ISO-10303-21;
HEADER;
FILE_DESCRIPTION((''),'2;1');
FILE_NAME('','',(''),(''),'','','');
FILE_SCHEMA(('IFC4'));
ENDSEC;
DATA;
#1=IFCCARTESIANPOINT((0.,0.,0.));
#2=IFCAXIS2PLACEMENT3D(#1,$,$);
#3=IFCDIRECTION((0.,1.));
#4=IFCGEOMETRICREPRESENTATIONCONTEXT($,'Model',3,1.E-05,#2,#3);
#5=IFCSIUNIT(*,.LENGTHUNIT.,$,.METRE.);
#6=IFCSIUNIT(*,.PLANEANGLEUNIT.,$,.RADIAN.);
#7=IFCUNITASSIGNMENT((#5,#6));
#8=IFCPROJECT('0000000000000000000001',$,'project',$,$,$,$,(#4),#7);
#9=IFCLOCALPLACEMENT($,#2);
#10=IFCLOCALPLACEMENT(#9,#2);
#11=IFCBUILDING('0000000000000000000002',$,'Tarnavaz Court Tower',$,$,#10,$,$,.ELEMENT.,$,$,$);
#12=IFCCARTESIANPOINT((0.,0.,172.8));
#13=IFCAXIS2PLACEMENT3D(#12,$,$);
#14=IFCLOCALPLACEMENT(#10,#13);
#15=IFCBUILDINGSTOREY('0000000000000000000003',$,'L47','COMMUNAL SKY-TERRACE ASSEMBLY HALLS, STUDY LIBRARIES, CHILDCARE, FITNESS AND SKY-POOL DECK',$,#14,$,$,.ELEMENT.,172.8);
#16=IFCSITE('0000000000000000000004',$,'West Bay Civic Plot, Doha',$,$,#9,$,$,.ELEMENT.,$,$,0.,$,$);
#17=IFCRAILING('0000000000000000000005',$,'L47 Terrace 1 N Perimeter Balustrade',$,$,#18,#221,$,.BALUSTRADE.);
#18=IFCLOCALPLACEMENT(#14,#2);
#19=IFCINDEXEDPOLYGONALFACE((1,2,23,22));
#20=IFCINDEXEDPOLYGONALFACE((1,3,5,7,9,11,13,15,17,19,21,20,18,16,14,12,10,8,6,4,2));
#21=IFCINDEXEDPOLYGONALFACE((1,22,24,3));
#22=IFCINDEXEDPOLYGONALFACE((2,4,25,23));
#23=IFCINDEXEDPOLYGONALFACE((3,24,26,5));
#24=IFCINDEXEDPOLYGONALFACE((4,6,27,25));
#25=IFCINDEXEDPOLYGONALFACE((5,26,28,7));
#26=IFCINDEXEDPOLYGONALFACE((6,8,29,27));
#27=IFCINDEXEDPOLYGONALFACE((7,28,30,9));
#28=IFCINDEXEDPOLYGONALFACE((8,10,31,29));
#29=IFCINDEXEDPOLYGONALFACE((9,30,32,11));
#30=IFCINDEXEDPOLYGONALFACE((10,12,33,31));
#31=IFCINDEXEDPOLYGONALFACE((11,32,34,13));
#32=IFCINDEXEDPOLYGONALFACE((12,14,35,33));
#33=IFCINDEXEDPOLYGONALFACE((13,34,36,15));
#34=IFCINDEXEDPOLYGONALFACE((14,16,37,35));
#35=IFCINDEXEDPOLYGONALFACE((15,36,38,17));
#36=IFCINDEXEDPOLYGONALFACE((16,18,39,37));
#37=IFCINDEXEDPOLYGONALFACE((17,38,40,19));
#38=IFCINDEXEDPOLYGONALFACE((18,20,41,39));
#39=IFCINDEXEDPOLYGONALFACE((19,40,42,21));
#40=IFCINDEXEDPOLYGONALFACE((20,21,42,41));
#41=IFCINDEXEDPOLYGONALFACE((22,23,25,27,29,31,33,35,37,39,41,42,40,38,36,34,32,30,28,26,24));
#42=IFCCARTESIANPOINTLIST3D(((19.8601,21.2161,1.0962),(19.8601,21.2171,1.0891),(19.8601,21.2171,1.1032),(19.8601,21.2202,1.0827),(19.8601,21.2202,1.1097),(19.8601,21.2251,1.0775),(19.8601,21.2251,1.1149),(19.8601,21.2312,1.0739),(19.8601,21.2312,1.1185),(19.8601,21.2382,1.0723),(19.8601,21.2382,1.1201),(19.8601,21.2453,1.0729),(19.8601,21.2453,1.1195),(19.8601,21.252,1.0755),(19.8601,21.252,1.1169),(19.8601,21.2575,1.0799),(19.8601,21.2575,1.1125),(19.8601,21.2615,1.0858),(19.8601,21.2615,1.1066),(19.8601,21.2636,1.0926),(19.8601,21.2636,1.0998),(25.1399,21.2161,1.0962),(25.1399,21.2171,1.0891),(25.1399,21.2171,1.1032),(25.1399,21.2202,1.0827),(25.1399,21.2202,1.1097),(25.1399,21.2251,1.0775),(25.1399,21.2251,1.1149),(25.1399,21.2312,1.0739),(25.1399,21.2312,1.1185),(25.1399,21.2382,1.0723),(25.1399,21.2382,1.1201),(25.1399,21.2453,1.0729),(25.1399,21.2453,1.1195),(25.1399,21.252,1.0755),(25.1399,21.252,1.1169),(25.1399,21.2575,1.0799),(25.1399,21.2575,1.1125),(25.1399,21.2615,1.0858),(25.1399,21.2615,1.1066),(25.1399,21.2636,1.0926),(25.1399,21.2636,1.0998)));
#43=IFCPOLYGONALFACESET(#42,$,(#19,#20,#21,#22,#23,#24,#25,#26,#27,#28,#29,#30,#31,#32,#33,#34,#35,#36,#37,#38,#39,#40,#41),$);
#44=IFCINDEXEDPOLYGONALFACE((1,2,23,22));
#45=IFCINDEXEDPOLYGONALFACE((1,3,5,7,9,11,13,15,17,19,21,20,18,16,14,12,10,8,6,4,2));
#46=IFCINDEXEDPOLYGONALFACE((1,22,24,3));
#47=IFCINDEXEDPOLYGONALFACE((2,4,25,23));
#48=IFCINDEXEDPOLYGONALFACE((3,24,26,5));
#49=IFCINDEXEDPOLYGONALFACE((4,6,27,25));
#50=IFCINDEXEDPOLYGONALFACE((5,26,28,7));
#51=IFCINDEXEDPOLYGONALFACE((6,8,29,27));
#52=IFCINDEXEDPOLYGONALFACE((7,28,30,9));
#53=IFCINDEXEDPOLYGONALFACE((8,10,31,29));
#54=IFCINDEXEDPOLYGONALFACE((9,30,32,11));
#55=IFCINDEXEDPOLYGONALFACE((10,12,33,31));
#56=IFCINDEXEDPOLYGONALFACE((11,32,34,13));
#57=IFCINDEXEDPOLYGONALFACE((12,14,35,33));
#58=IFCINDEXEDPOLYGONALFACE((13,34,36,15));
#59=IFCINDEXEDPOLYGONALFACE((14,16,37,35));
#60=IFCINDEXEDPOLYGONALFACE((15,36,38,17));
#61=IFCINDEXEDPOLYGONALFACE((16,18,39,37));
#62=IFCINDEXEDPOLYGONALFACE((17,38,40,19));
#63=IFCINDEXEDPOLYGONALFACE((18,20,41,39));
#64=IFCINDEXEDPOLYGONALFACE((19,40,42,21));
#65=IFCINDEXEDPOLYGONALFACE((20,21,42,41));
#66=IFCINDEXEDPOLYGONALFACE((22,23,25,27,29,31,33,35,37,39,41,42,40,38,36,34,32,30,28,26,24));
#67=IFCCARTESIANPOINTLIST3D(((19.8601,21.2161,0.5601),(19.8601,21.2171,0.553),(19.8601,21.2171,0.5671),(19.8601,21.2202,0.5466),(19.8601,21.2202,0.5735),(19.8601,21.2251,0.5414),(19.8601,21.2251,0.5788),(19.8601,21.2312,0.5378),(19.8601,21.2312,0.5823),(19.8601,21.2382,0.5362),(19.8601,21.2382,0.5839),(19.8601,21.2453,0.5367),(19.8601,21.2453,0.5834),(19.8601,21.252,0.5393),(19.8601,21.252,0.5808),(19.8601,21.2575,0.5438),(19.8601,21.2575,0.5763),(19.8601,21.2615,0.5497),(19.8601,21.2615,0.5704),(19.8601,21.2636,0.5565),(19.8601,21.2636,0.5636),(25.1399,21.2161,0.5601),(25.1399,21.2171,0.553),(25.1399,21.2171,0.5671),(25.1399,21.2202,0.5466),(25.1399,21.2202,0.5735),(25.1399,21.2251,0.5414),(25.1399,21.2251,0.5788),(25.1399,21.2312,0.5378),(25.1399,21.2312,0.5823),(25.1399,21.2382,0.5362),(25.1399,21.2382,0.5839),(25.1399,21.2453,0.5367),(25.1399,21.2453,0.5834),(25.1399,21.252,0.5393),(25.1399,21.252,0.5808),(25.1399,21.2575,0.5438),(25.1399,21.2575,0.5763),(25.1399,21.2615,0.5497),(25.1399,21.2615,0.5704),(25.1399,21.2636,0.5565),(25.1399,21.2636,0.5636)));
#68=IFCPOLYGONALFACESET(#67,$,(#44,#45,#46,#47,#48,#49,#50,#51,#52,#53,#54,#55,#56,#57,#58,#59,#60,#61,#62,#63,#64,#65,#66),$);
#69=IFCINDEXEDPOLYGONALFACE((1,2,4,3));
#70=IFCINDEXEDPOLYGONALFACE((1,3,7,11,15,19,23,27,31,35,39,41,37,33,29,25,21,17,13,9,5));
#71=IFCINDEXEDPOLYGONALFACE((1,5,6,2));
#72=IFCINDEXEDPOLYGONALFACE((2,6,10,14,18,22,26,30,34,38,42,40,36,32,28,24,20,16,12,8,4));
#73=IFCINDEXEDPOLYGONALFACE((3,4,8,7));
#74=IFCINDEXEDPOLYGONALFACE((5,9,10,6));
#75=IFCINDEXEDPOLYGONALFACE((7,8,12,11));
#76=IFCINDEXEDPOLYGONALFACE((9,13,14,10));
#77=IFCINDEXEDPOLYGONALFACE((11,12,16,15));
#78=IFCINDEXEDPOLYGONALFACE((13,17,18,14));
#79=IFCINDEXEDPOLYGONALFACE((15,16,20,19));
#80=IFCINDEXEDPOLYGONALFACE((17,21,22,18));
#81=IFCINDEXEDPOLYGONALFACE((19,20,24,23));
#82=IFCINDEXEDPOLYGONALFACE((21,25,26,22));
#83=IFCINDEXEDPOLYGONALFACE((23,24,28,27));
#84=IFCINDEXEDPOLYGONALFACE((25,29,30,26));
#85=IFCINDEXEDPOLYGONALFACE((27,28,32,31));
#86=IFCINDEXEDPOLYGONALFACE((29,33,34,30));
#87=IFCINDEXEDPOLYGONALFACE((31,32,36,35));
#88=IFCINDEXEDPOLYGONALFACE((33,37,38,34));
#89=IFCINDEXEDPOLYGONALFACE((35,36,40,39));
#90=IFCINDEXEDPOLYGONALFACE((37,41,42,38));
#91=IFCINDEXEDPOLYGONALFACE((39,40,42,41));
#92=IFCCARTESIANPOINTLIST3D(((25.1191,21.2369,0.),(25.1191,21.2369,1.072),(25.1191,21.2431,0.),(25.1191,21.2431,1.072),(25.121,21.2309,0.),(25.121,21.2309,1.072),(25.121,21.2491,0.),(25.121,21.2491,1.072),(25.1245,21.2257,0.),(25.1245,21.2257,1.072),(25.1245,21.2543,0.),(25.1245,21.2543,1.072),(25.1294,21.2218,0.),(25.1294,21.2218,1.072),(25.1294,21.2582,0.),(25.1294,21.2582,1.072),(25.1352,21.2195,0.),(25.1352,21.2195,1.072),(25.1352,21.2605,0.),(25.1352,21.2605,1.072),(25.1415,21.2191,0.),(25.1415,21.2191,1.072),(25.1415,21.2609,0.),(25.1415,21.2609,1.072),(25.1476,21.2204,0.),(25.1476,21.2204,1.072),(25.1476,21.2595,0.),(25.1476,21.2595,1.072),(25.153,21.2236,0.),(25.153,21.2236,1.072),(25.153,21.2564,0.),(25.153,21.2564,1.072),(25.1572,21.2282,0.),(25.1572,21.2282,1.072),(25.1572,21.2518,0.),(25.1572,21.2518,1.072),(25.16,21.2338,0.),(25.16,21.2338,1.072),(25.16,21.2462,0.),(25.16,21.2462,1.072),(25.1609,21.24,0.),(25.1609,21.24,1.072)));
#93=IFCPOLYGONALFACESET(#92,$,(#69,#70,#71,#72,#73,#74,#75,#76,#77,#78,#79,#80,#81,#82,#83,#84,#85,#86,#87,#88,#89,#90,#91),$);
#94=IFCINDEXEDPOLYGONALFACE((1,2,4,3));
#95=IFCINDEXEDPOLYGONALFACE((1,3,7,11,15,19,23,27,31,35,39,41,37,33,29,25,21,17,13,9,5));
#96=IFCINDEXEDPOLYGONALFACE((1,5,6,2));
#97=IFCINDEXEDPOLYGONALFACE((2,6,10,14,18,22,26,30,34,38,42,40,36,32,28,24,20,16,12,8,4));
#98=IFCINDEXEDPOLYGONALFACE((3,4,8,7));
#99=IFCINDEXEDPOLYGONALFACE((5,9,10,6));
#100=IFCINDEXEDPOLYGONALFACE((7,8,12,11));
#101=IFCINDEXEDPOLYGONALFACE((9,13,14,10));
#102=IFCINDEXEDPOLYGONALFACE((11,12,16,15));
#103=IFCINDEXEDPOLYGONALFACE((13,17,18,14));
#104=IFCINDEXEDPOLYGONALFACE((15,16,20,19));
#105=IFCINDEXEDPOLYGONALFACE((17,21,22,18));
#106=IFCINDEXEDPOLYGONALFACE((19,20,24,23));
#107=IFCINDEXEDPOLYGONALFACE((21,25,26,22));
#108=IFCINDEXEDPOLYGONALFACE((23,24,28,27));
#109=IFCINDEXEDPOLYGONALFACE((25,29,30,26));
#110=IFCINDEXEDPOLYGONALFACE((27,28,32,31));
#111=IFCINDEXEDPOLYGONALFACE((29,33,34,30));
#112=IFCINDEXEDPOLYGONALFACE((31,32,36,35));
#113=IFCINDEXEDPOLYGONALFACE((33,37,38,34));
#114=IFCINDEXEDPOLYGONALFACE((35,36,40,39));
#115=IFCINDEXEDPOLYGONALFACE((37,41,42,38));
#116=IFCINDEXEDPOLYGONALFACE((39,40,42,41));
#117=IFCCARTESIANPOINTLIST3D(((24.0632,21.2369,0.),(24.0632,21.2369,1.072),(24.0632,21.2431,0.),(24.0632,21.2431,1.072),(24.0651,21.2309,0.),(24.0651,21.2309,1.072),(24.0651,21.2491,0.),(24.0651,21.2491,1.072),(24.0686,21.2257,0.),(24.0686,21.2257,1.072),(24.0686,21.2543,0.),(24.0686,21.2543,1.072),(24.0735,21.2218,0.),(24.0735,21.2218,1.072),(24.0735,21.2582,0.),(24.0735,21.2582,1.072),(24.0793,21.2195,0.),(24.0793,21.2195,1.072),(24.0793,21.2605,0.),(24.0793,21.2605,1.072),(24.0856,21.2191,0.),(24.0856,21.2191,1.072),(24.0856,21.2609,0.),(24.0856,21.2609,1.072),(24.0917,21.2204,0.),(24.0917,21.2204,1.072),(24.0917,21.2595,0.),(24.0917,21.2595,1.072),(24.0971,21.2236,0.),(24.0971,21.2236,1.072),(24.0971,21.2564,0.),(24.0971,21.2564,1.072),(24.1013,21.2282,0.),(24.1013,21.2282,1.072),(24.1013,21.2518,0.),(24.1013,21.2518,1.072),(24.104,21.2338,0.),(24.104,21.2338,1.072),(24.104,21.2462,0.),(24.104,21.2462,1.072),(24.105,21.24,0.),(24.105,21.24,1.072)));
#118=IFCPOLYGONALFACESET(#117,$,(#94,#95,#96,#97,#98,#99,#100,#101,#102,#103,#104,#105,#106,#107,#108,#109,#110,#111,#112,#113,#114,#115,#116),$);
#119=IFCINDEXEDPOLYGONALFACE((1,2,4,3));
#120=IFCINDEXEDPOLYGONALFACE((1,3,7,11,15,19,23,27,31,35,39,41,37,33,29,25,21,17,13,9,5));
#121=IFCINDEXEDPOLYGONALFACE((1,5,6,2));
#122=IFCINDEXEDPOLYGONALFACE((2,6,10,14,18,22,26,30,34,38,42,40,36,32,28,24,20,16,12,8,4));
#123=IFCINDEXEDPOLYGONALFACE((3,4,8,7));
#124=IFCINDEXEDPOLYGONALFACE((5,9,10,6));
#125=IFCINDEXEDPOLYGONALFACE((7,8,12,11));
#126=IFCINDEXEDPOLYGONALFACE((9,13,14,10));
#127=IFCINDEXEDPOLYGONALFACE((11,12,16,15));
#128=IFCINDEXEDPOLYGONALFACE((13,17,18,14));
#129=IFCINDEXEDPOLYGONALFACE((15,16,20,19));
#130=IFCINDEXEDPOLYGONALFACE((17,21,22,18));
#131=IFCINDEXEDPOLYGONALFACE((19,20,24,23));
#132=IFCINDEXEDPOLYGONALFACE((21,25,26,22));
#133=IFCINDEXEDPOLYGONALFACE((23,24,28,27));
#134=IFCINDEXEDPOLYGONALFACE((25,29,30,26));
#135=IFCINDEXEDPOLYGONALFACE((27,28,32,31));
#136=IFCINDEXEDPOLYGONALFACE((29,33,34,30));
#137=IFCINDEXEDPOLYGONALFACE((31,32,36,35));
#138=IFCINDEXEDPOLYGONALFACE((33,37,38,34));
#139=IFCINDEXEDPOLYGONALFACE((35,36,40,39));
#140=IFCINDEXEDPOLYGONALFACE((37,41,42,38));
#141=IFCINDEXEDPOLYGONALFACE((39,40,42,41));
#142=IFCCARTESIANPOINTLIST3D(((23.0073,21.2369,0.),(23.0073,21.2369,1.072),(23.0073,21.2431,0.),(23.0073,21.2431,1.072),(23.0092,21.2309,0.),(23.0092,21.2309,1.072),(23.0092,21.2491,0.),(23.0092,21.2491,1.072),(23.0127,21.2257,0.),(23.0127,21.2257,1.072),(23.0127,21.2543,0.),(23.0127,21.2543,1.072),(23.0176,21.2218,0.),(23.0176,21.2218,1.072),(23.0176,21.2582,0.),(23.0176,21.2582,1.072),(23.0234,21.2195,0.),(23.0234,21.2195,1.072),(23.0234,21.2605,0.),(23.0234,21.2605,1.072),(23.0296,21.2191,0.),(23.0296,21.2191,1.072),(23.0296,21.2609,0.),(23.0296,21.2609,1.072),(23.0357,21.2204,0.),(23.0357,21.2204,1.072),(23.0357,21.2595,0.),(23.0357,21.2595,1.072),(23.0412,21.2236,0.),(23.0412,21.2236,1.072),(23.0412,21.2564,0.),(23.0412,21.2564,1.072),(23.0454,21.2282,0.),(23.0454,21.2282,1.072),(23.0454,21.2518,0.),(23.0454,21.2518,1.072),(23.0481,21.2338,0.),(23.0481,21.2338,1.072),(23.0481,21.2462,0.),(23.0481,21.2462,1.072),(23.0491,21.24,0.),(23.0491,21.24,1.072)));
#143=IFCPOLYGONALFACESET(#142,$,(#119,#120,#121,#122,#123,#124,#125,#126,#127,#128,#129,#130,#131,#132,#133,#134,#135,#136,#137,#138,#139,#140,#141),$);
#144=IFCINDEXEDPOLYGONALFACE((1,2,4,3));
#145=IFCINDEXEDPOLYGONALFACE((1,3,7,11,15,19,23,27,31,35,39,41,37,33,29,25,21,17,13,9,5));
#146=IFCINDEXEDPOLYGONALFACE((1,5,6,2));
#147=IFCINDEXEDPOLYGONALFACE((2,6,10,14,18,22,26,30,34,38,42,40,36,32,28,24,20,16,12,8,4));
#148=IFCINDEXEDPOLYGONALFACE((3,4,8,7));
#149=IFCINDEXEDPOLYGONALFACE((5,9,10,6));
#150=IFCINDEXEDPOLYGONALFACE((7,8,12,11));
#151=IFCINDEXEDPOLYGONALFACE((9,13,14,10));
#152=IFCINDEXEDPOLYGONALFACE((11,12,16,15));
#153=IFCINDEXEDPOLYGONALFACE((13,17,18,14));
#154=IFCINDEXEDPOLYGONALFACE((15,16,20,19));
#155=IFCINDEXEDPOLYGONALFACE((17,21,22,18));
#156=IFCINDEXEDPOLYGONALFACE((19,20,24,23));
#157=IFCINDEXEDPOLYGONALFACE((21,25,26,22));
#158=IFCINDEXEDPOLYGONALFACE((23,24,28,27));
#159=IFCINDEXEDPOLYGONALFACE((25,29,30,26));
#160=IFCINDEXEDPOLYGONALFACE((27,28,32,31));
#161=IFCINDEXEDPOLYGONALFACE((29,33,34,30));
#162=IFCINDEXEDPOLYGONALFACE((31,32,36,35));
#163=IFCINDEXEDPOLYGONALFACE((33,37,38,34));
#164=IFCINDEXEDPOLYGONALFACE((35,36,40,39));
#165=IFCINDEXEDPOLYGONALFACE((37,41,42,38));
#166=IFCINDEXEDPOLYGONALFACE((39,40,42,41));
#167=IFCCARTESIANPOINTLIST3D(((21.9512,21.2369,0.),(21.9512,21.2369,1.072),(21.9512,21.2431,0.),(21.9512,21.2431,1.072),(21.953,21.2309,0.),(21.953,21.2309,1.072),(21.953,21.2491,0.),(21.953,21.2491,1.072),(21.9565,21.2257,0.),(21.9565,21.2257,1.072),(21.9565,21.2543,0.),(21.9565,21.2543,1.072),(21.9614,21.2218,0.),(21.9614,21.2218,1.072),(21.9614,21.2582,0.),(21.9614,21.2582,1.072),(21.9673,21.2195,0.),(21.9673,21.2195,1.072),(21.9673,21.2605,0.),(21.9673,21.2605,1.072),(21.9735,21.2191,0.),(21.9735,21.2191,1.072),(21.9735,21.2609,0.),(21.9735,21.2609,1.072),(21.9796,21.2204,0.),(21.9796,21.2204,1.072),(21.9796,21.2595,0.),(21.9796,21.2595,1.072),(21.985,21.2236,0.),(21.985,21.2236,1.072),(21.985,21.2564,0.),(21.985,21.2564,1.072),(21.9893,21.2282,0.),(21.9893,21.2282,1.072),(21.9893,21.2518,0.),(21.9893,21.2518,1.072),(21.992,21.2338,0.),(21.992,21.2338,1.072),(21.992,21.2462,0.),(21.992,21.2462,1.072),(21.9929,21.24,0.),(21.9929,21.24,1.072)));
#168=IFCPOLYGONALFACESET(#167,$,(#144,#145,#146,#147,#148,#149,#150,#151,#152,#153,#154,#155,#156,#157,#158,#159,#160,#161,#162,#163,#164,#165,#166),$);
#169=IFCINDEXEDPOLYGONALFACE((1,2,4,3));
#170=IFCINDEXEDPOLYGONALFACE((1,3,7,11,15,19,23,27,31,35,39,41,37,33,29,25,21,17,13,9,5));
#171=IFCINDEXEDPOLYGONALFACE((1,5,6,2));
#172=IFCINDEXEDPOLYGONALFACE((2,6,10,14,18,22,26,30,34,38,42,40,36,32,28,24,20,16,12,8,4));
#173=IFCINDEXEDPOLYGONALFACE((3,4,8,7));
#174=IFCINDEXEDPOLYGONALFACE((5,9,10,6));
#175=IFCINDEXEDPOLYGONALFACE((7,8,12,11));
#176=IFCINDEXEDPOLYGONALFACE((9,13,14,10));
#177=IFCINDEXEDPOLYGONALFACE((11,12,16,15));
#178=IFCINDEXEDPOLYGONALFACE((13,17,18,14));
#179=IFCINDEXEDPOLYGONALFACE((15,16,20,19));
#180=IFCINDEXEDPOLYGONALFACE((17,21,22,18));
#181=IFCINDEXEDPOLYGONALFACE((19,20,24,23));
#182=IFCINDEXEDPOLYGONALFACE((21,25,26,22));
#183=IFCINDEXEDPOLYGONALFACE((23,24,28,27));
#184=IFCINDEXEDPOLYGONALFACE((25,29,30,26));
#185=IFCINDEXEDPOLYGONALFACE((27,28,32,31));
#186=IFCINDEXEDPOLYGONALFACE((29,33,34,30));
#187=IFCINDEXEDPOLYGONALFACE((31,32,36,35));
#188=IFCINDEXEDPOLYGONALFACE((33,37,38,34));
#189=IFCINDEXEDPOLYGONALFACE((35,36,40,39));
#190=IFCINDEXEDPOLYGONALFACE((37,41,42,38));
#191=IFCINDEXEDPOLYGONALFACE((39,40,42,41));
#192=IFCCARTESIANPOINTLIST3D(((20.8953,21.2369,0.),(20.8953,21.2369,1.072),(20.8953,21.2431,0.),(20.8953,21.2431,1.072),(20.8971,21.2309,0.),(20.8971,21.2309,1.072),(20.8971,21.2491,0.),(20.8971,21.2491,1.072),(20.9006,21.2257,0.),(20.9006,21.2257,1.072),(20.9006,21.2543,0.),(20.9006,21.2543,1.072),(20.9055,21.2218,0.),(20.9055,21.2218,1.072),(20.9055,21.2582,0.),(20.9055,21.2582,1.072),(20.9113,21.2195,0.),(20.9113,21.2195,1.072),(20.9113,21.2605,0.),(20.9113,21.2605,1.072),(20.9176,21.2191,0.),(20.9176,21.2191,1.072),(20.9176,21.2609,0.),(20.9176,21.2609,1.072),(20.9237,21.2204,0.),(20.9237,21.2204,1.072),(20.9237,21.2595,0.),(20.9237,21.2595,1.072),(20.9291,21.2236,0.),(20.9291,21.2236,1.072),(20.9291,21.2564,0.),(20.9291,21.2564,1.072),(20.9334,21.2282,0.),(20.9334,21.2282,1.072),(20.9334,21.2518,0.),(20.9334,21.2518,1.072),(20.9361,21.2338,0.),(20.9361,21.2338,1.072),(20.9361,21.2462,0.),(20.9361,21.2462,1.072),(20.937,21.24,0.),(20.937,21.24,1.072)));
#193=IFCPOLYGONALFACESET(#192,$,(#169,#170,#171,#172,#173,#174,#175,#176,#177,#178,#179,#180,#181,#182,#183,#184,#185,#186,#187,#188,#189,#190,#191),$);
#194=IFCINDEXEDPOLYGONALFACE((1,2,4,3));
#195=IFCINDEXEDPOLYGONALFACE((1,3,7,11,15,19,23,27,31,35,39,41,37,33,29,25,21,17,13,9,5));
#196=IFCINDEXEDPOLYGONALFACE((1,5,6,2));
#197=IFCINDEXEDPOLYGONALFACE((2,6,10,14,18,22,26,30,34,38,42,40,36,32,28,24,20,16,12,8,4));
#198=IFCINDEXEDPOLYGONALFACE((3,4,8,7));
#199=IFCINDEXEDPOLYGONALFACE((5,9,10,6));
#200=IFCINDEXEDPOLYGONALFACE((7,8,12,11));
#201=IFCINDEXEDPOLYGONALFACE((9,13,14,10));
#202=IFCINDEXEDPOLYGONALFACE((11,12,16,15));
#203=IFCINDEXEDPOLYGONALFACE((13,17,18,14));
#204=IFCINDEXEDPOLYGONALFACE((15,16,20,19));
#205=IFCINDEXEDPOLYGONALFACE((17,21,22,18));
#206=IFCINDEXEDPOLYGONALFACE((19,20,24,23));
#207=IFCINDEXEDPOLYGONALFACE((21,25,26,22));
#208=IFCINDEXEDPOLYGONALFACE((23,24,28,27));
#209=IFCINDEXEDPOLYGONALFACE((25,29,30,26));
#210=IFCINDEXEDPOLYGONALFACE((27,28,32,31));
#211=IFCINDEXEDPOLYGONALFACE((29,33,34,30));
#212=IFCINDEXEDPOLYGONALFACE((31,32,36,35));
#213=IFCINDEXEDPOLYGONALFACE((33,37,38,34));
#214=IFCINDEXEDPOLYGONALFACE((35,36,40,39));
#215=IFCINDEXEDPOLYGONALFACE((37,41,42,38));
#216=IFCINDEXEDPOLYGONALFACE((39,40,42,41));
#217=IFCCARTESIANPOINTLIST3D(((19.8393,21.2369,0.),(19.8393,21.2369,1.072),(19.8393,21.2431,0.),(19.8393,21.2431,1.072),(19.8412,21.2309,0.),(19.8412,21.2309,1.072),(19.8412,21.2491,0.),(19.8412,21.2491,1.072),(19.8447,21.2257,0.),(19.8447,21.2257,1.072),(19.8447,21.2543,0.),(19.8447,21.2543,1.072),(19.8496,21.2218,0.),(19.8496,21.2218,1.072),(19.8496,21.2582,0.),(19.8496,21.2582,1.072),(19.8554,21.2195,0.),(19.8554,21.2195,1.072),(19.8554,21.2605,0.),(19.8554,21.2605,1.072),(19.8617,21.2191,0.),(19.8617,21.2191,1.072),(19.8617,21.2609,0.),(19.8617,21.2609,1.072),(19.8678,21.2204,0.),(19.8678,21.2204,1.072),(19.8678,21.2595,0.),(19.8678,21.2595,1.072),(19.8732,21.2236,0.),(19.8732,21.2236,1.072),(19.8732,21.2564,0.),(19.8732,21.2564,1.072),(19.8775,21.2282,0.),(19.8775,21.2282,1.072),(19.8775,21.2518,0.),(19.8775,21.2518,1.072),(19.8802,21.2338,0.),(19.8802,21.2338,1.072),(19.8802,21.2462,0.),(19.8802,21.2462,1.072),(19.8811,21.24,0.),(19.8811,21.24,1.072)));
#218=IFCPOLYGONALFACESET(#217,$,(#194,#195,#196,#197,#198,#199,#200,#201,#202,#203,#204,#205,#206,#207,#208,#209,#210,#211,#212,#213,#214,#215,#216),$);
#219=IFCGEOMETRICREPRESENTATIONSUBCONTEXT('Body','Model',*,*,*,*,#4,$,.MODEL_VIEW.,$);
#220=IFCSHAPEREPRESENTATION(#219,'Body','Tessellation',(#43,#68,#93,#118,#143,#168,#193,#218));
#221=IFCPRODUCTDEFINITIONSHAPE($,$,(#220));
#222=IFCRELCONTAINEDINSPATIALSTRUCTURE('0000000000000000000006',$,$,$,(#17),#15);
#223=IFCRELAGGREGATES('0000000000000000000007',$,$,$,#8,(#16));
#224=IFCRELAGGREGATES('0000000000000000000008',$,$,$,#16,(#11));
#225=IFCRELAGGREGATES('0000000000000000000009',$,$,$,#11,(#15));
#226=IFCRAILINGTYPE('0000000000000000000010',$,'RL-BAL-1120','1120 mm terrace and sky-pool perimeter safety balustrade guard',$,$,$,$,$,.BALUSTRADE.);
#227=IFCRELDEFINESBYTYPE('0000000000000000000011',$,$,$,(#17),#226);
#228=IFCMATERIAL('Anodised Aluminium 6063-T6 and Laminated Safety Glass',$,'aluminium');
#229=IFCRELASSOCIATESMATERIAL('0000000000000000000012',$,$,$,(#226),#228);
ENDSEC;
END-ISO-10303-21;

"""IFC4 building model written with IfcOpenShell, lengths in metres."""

from ifc_helpers import new_model, si_unit, direction, frame, origin, origin_2d, place, context, subcontext, project, spatial, circle, extrude, material, type_object, element, save


model = new_model("IFC4")

# Units and contexts
model_context = context("Model", 3, precision=1e-05, world=origin(), true_north=direction((0.0, 1.0)))
body_context = subcontext(model_context, "Body", "Model", "MODEL_VIEW")
ifc_project = project(units=[si_unit("LENGTHUNIT", "METRE"), si_unit("PLANEANGLEUNIT", "RADIAN")], contexts=[model_context])

# Site, building, storey
site_placement = place(None, origin())
site = spatial("IfcSite", under=ifc_project, at=site_placement, Name="West Bay Civic Plot, Doha", CompositionType="ELEMENT", RefElevation=0.0)
building_placement = place(site_placement, origin())
building = spatial("IfcBuilding", under=site, at=building_placement, Name="Tarnavaz Court Tower", CompositionType="ELEMENT")
storey_placement = place(building_placement, frame((0.0, 0.0, 172.8)))
storey = spatial("IfcBuildingStorey", under=building, at=storey_placement, Name="L47", Description="COMMUNAL SKY-TERRACE ASSEMBLY HALLS, STUDY LIBRARIES, CHILDCARE, FITNESS AND SKY-POOL DECK", CompositionType="ELEMENT", Elevation=172.8)

# Railing
ifc_material_1 = material(Name="Anodised Aluminium 6063-T6 and Laminated Safety Glass", Category="aluminium")
railing_type = type_object("IfcRailingType", Name="RL-BAL-1120", Description="1120 mm terrace and sky-pool perimeter safety balustrade guard", PredefinedType="BALUSTRADE", material=ifc_material_1)
railing_1_placement = place(storey_placement, frame((25.1399, 21.24, 0.0)))
element("IfcRailing", 1, at=railing_1_placement, inside=storey, type_object=railing_type, Name="L47 Terrace 1 N Perimeter Balustrade", PredefinedType="BALUSTRADE", context=body_context, shape_type="SweptSolid", body=[
    extrude(circle(Radius=0.0239, at=origin_2d()), frame((0.0, 0.0, 1.0962), z_axis=(-1.0, 0.0, 0.0), x_axis=(0.0, -1.0, 0.0)), (0.0, 0.0, 1.0), 5.2798),
    extrude(circle(Radius=0.0239, at=origin_2d()), frame((0.0, 0.0, 0.5601), z_axis=(-1.0, 0.0, 0.0), x_axis=(0.0, -1.0, 0.0)), (0.0, 0.0, 1.0), 5.2798),
    extrude(circle(Radius=0.021, at=origin_2d()), origin(), (0.0, 0.0, 1.0), 1.072),
    extrude(circle(Radius=0.021, at=origin_2d()), frame((-1.0559, 0.0, 0.0)), (0.0, 0.0, 1.0), 1.072),
    extrude(circle(Radius=0.021, at=origin_2d()), frame((-2.1118, 0.0, 0.0)), (0.0, 0.0, 1.0), 1.072),
    extrude(circle(Radius=0.021, at=origin_2d()), frame((-3.168, 0.0, 0.0)), (0.0, 0.0, 1.0), 1.072),
    extrude(circle(Radius=0.021, at=origin_2d()), frame((-4.2239, 0.0, 0.0)), (0.0, 0.0, 1.0), 1.072),
    extrude(circle(Radius=0.021, at=origin_2d()), frame((-5.2798, 0.0, 0.0)), (0.0, 0.0, 1.0), 1.072),
])

save(model, "model.ifc")
